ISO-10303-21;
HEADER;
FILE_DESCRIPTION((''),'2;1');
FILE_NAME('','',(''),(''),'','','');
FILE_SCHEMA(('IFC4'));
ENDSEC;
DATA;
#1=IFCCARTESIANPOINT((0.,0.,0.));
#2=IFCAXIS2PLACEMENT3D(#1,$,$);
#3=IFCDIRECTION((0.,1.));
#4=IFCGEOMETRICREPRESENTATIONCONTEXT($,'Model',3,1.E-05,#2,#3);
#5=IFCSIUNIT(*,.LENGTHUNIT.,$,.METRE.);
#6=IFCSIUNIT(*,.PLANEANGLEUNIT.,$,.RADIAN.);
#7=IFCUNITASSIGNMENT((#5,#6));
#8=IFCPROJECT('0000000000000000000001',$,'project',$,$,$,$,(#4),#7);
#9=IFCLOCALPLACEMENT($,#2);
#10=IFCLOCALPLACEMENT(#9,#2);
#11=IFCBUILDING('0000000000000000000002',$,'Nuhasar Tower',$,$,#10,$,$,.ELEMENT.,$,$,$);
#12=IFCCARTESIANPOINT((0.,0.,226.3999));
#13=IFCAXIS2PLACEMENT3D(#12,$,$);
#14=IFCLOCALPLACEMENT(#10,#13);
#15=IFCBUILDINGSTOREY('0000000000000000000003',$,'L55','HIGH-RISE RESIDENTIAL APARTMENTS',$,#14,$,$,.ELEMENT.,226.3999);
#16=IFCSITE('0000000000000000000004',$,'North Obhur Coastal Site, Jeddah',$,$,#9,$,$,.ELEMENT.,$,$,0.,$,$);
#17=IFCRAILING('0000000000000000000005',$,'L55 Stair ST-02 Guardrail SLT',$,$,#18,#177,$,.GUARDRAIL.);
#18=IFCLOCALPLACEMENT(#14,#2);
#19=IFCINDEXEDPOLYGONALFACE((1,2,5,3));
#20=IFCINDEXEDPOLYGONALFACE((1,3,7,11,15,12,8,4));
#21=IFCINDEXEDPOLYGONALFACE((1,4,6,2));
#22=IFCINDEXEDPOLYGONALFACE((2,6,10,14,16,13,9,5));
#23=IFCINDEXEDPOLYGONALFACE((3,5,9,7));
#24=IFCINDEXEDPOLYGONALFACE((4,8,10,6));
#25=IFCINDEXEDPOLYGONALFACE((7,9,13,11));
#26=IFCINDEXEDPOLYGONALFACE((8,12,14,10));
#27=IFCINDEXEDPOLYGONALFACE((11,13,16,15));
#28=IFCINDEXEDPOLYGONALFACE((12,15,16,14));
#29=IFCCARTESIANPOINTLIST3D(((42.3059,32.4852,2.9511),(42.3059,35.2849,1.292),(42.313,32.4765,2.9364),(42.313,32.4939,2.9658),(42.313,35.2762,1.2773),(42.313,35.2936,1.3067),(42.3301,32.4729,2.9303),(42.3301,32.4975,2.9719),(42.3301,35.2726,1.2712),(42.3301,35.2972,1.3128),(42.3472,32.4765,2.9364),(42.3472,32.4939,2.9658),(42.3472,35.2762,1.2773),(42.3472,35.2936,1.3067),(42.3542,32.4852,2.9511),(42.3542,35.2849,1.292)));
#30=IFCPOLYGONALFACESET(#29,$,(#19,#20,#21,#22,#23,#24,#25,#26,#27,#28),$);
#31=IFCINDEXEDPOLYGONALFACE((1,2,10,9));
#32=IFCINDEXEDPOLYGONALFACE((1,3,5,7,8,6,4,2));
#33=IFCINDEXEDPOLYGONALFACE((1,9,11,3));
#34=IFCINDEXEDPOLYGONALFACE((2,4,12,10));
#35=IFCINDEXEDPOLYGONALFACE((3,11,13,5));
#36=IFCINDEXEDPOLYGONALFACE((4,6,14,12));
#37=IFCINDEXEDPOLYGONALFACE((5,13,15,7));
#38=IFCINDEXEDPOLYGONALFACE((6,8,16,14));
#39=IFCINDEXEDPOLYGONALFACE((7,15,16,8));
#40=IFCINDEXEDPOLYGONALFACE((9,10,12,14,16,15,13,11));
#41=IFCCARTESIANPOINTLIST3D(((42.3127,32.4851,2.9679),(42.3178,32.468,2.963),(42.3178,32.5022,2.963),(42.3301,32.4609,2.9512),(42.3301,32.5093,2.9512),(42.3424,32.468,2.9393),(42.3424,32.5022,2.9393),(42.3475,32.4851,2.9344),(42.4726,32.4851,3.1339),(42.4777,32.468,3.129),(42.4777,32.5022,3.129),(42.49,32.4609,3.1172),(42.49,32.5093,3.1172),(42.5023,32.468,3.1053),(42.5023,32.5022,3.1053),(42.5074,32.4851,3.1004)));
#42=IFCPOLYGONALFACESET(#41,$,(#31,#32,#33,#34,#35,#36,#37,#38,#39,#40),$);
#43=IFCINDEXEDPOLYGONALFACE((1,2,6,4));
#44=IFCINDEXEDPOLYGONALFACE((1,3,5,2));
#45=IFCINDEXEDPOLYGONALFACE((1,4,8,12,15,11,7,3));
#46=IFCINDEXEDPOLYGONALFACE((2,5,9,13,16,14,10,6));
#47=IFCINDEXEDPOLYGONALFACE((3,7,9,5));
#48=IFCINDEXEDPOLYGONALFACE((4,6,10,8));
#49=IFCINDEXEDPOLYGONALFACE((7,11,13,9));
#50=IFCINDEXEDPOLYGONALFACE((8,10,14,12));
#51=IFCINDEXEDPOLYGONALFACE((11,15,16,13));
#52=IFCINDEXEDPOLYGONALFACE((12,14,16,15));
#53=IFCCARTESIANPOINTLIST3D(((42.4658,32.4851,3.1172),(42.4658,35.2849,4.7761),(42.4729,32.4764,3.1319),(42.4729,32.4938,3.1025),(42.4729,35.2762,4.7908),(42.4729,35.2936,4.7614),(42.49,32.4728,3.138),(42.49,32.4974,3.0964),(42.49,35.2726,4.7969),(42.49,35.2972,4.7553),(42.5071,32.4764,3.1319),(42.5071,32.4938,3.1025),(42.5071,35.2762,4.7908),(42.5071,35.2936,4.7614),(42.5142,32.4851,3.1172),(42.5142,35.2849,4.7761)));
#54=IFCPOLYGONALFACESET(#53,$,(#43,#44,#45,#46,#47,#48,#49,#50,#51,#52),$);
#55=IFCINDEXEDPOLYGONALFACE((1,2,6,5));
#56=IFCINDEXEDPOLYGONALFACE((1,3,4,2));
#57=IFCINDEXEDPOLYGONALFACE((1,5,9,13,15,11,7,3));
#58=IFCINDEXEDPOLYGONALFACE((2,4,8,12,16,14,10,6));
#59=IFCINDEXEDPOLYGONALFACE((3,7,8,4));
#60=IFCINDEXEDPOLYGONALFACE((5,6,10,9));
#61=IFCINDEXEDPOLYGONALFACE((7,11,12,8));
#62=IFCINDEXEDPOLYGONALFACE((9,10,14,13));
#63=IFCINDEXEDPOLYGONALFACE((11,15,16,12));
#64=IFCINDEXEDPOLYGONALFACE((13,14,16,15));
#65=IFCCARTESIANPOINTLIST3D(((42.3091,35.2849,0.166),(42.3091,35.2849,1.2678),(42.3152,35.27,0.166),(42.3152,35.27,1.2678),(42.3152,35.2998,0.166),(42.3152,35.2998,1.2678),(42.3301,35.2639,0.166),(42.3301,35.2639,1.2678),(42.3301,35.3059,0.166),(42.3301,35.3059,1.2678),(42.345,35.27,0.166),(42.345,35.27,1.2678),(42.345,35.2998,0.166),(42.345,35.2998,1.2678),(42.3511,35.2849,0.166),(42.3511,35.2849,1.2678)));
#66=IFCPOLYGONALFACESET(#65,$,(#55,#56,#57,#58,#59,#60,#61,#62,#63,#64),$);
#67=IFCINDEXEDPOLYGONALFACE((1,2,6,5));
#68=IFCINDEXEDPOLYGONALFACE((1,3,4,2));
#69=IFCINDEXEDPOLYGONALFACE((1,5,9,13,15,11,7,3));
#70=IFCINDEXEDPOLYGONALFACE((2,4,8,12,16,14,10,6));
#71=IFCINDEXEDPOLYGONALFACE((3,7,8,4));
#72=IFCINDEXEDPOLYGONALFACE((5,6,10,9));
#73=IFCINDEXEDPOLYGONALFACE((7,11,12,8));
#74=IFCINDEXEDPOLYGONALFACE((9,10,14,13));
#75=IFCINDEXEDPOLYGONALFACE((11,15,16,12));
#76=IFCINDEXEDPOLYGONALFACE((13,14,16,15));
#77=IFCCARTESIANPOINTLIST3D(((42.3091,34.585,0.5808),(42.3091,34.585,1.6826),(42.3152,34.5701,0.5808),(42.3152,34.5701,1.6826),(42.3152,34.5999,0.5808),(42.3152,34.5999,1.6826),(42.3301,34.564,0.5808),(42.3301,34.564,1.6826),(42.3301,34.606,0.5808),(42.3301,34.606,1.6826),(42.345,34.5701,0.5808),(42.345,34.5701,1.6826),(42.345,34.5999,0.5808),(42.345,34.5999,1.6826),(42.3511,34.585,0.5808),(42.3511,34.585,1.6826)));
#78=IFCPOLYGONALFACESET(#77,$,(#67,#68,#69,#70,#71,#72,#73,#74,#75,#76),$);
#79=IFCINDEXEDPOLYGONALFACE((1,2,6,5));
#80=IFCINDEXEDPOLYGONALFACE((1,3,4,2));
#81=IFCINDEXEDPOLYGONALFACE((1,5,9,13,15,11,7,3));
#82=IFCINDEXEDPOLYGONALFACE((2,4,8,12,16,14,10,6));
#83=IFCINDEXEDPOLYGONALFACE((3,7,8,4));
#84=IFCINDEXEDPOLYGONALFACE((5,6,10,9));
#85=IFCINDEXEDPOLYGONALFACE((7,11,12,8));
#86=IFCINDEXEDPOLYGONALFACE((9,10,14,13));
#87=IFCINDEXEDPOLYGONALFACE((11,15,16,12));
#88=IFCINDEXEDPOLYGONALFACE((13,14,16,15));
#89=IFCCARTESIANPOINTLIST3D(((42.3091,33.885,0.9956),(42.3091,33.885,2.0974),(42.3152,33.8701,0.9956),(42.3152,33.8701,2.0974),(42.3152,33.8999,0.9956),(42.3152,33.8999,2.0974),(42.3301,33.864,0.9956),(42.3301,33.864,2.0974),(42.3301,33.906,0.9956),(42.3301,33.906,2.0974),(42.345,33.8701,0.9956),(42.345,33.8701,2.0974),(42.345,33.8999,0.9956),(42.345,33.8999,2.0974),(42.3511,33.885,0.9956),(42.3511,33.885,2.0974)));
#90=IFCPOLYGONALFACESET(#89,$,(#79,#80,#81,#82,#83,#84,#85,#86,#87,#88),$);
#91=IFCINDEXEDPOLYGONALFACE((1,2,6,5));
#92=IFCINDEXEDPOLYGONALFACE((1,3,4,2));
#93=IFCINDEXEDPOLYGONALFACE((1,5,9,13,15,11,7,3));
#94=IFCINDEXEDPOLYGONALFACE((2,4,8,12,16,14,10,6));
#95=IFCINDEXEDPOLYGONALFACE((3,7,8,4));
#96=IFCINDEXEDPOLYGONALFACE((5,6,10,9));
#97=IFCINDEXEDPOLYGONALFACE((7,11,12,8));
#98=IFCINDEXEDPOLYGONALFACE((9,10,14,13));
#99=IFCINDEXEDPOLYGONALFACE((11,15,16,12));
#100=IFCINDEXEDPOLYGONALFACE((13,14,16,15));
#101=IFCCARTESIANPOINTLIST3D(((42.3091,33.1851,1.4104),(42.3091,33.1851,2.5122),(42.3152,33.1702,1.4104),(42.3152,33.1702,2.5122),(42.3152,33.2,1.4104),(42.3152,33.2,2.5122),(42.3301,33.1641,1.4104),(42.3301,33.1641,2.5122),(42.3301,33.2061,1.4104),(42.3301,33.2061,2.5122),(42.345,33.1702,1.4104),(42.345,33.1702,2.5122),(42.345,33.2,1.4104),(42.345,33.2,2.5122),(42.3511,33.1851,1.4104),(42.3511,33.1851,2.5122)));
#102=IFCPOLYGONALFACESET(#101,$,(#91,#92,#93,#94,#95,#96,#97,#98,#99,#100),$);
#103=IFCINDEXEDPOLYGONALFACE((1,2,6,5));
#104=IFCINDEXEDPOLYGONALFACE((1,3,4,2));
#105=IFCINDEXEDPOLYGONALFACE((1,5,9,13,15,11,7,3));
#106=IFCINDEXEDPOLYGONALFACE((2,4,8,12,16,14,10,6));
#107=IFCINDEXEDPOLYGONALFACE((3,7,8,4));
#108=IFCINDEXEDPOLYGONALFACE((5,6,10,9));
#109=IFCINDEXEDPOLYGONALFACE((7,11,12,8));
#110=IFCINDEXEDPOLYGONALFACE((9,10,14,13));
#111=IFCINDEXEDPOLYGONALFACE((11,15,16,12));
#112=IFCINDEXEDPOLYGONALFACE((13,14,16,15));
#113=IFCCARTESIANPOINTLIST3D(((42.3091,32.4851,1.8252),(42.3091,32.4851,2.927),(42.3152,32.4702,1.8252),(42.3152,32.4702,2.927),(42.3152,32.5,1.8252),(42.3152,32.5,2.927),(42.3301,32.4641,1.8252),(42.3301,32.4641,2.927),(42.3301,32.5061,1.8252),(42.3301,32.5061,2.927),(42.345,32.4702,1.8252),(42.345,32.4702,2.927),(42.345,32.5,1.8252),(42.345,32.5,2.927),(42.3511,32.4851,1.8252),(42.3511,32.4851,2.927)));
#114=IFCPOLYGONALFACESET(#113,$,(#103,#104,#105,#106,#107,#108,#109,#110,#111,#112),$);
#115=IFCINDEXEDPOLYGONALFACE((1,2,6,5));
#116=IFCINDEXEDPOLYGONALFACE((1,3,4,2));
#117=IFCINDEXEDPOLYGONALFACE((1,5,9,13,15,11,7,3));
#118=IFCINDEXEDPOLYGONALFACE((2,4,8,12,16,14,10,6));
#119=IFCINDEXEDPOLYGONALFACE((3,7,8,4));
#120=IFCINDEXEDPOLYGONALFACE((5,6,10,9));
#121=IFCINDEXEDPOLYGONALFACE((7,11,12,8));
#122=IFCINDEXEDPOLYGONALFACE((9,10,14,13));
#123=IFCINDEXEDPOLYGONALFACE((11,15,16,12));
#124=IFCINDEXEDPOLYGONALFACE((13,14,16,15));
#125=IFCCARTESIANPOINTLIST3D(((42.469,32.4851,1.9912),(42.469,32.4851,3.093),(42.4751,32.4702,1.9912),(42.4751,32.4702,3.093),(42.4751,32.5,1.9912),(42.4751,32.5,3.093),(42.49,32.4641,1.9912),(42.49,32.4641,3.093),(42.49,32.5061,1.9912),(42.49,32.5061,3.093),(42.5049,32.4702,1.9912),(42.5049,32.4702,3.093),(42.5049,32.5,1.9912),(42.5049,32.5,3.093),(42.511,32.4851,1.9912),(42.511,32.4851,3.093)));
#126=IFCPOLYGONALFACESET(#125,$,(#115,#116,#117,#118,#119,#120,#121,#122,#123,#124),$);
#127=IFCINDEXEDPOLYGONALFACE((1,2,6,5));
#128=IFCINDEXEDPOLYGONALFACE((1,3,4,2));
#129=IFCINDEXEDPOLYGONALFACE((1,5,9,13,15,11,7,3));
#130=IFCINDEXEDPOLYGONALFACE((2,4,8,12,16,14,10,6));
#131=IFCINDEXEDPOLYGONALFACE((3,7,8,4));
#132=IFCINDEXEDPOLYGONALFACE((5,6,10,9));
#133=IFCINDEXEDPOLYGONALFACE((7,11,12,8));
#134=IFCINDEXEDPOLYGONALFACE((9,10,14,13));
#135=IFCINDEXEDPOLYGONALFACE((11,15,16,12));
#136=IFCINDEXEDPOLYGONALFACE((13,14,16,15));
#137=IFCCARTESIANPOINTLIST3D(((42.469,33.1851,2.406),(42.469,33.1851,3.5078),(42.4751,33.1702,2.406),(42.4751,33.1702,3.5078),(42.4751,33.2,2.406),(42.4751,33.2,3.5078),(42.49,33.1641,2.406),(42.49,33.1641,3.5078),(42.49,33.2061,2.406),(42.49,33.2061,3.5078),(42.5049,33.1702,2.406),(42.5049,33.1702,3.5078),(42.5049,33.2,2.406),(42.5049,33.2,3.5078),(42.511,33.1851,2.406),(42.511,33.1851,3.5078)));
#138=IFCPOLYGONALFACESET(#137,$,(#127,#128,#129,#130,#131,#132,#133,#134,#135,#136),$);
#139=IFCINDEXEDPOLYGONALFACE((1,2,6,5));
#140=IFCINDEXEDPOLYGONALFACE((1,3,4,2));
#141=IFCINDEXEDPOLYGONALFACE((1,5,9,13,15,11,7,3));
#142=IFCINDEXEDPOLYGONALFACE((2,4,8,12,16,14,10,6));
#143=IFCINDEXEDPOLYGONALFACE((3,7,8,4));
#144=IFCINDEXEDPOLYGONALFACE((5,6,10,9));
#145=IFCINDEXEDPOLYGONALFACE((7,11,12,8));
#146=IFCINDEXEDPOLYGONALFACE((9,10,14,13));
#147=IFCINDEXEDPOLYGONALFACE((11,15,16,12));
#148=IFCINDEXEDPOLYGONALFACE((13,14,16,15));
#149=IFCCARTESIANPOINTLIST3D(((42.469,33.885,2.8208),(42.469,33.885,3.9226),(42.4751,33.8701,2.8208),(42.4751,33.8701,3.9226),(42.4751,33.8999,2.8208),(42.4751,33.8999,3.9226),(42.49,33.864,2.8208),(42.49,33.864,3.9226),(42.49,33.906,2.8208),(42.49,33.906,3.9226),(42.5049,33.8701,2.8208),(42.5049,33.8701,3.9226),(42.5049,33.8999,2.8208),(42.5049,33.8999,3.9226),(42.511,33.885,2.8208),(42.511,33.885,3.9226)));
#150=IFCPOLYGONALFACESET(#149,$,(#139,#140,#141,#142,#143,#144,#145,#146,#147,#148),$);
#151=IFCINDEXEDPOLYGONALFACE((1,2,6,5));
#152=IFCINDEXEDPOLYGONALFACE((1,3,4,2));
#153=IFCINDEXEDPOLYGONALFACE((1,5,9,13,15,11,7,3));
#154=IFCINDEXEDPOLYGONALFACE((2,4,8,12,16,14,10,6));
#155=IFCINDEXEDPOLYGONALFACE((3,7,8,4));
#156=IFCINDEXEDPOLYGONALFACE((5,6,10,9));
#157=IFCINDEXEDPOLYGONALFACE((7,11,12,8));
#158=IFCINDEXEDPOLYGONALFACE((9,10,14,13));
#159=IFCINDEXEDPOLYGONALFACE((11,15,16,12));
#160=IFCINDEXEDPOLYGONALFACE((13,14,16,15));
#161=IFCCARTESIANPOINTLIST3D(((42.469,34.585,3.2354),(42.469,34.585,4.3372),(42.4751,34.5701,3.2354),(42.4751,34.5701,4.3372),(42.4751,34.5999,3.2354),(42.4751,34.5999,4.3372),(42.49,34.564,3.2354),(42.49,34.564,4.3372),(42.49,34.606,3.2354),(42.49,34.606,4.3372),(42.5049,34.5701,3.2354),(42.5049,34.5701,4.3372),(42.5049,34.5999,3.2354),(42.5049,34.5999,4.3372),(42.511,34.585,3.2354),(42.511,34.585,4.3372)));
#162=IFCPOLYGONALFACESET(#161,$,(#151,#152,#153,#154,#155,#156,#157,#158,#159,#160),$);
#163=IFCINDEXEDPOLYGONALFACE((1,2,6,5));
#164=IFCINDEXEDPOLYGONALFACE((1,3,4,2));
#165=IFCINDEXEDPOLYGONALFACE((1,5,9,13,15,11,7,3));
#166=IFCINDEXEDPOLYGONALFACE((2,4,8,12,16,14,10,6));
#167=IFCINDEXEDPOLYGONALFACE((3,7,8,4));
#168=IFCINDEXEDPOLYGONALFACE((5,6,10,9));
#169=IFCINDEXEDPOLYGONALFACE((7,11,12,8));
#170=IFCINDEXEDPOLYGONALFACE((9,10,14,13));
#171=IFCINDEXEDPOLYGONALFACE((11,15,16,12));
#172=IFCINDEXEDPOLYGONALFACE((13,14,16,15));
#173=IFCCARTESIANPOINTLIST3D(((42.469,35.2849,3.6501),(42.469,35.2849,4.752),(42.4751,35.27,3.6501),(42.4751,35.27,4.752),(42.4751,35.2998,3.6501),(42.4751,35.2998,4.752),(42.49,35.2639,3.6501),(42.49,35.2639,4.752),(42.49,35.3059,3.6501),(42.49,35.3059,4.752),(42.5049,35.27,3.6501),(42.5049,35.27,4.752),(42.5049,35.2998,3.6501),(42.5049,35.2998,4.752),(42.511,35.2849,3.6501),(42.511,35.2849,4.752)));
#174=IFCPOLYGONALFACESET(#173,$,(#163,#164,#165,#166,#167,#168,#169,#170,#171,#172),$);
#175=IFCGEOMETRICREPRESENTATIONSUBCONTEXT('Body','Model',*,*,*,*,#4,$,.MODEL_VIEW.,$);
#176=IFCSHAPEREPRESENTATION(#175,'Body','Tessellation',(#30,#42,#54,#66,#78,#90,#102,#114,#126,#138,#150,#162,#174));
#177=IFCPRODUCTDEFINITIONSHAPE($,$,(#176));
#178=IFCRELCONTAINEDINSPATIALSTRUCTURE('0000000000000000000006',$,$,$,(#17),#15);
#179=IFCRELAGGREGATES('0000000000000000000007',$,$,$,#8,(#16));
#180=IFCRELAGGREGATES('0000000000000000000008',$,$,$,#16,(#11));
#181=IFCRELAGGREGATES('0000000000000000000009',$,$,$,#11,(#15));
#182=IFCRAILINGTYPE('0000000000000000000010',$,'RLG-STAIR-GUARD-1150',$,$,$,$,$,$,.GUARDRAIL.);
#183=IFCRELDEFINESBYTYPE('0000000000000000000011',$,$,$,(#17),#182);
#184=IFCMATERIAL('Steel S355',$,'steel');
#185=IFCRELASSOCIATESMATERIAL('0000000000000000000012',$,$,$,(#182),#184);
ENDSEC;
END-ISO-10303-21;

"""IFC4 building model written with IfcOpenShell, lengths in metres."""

from ifc_helpers import new_model, si_unit, direction, frame, origin, place, context, subcontext, project, spatial, polyline, outline, extrude, material, type_object, element, save


model = new_model("IFC4")

# Units and contexts
model_context = context("Model", 3, precision=1e-05, world=origin(), true_north=direction((0.0, 1.0)))
body_context = subcontext(model_context, "Body", "Model", "MODEL_VIEW")
ifc_project = project(units=[si_unit("LENGTHUNIT", "METRE"), si_unit("PLANEANGLEUNIT", "RADIAN")], contexts=[model_context])

# Site, building, storey
site_placement = place(None, origin())
site = spatial("IfcSite", under=ifc_project, at=site_placement, Name="North Obhur Coastal Site, Jeddah", CompositionType="ELEMENT", RefElevation=0.0)
building_placement = place(site_placement, origin())
building = spatial("IfcBuilding", under=site, at=building_placement, Name="Nuhasar Tower", CompositionType="ELEMENT")
storey_placement = place(building_placement, frame((0.0, 0.0, 226.3999)))
storey = spatial("IfcBuildingStorey", under=building, at=storey_placement, Name="L55", Description="HIGH-RISE RESIDENTIAL APARTMENTS", CompositionType="ELEMENT", Elevation=226.3999)

# Shared definitions
ifc_material_1 = material(Name="Steel S355", Category="steel")

# Railing
railing_type_1 = type_object("IfcRailingType", Name="RLG-STAIR-GUARD-1150", PredefinedType="GUARDRAIL", material=ifc_material_1)
railing_1_placement = place(storey_placement, frame((42.3301, 35.2849, 0.166)))
element("IfcRailing", 1, at=railing_1_placement, inside=storey, type_object=railing_type_1, Name="L55 Stair ST-02 Guardrail SLT", PredefinedType="GUARDRAIL", context=body_context, shape_type="SweptSolid", body=[
    extrude(outline(polyline([(0.0242, 0.0), (0.0171, 0.0171), (0.0, 0.0242), (-0.0171, 0.0171), (-0.0242, 0.0), (-0.0171, -0.0171), (0.0, -0.0242), (0.0171, -0.0171), (0.0242, 0.0)])), frame((0.0, 0.0, 1.126), z_axis=(0.0, -0.860287, 0.509811), x_axis=(1.0, 0.0, 0.0)), (0.0, 0.0, 1.0), 3.2544),
    extrude(outline(polyline([(0.0242, 0.0), (0.0171, 0.0171), (0.0, 0.0242), (-0.0171, 0.0171), (-0.0242, 0.0), (-0.0171, -0.0171), (0.0, -0.0242), (0.0171, -0.0171), (0.0242, 0.0)])), frame((0.0, -2.7998, 2.7852), z_axis=(0.693743, 0.0, 0.720222), x_axis=(0.0, 1.0, 0.0)), (0.0, 0.0, 1.0), 0.2305),
    extrude(outline(polyline([(0.0242, 0.0), (0.0171, 0.0171), (0.0, 0.0242), (-0.0171, 0.0171), (-0.0242, 0.0), (-0.0171, -0.0171), (0.0, -0.0242), (0.0171, -0.0171), (0.0242, 0.0)])), frame((0.1599, -2.7998, 2.9512), z_axis=(0.0, 0.86032, 0.509755), x_axis=(-1.0, 0.0, 0.0)), (0.0, 0.0, 1.0), 3.2544),
    extrude(outline(polyline([(0.021, 0.0), (0.0149, 0.0149), (0.0, 0.021), (-0.0149, 0.0149), (-0.021, 0.0), (-0.0149, -0.0149), (0.0, -0.021), (0.0149, -0.0149), (0.021, 0.0)])), origin(), (0.0, 0.0, 1.0), 1.1018),
    extrude(outline(polyline([(0.021, 0.0), (0.0149, 0.0149), (0.0, 0.021), (-0.0149, 0.0149), (-0.021, 0.0), (-0.0149, -0.0149), (0.0, -0.021), (0.0149, -0.0149), (0.021, 0.0)])), frame((0.0, -0.7, 0.4148)), (0.0, 0.0, 1.0), 1.1018),
    extrude(outline(polyline([(0.021, 0.0), (0.0149, 0.0149), (0.0, 0.021), (-0.0149, 0.0149), (-0.021, 0.0), (-0.0149, -0.0149), (0.0, -0.021), (0.0149, -0.0149), (0.021, 0.0)])), frame((0.0, -1.3999, 0.8296)), (0.0, 0.0, 1.0), 1.1018),
    extrude(outline(polyline([(0.021, 0.0), (0.0149, 0.0149), (0.0, 0.021), (-0.0149, 0.0149), (-0.021, 0.0), (-0.0149, -0.0149), (0.0, -0.021), (0.0149, -0.0149), (0.021, 0.0)])), frame((0.0, -2.0999, 1.2444)), (0.0, 0.0, 1.0), 1.1018),
    extrude(outline(polyline([(0.021, 0.0), (0.0149, 0.0149), (0.0, 0.021), (-0.0149, 0.0149), (-0.021, 0.0), (-0.0149, -0.0149), (0.0, -0.021), (0.0149, -0.0149), (0.021, 0.0)])), frame((0.0, -2.7998, 1.6592)), (0.0, 0.0, 1.0), 1.1018),
    extrude(outline(polyline([(0.021, 0.0), (0.0149, 0.0149), (0.0, 0.021), (-0.0149, 0.0149), (-0.021, 0.0), (-0.0149, -0.0149), (0.0, -0.021), (0.0149, -0.0149), (0.021, 0.0)])), frame((0.1599, -2.7998, 1.8252)), (0.0, 0.0, 1.0), 1.1018),
    extrude(outline(polyline([(0.021, 0.0), (0.0149, 0.0149), (0.0, 0.021), (-0.0149, 0.0149), (-0.021, 0.0), (-0.0149, -0.0149), (0.0, -0.021), (0.0149, -0.0149), (0.021, 0.0)])), frame((0.1599, -2.0999, 2.24)), (0.0, 0.0, 1.0), 1.1018),
    extrude(outline(polyline([(0.021, 0.0), (0.0149, 0.0149), (0.0, 0.021), (-0.0149, 0.0149), (-0.021, 0.0), (-0.0149, -0.0149), (0.0, -0.021), (0.0149, -0.0149), (0.021, 0.0)])), frame((0.1599, -1.3999, 2.6548)), (0.0, 0.0, 1.0), 1.1018),
    extrude(outline(polyline([(0.021, 0.0), (0.0149, 0.0149), (0.0, 0.021), (-0.0149, 0.0149), (-0.021, 0.0), (-0.0149, -0.0149), (0.0, -0.021), (0.0149, -0.0149), (0.021, 0.0)])), frame((0.1599, -0.7, 3.0693)), (0.0, 0.0, 1.0), 1.1018),
    extrude(outline(polyline([(0.021, 0.0), (0.0149, 0.0149), (0.0, 0.021), (-0.0149, 0.0149), (-0.021, 0.0), (-0.0149, -0.0149), (0.0, -0.021), (0.0149, -0.0149), (0.021, 0.0)])), frame((0.1599, 0.0, 3.4841)), (0.0, 0.0, 1.0), 1.1018),
])

save(model, "model.ifc")
